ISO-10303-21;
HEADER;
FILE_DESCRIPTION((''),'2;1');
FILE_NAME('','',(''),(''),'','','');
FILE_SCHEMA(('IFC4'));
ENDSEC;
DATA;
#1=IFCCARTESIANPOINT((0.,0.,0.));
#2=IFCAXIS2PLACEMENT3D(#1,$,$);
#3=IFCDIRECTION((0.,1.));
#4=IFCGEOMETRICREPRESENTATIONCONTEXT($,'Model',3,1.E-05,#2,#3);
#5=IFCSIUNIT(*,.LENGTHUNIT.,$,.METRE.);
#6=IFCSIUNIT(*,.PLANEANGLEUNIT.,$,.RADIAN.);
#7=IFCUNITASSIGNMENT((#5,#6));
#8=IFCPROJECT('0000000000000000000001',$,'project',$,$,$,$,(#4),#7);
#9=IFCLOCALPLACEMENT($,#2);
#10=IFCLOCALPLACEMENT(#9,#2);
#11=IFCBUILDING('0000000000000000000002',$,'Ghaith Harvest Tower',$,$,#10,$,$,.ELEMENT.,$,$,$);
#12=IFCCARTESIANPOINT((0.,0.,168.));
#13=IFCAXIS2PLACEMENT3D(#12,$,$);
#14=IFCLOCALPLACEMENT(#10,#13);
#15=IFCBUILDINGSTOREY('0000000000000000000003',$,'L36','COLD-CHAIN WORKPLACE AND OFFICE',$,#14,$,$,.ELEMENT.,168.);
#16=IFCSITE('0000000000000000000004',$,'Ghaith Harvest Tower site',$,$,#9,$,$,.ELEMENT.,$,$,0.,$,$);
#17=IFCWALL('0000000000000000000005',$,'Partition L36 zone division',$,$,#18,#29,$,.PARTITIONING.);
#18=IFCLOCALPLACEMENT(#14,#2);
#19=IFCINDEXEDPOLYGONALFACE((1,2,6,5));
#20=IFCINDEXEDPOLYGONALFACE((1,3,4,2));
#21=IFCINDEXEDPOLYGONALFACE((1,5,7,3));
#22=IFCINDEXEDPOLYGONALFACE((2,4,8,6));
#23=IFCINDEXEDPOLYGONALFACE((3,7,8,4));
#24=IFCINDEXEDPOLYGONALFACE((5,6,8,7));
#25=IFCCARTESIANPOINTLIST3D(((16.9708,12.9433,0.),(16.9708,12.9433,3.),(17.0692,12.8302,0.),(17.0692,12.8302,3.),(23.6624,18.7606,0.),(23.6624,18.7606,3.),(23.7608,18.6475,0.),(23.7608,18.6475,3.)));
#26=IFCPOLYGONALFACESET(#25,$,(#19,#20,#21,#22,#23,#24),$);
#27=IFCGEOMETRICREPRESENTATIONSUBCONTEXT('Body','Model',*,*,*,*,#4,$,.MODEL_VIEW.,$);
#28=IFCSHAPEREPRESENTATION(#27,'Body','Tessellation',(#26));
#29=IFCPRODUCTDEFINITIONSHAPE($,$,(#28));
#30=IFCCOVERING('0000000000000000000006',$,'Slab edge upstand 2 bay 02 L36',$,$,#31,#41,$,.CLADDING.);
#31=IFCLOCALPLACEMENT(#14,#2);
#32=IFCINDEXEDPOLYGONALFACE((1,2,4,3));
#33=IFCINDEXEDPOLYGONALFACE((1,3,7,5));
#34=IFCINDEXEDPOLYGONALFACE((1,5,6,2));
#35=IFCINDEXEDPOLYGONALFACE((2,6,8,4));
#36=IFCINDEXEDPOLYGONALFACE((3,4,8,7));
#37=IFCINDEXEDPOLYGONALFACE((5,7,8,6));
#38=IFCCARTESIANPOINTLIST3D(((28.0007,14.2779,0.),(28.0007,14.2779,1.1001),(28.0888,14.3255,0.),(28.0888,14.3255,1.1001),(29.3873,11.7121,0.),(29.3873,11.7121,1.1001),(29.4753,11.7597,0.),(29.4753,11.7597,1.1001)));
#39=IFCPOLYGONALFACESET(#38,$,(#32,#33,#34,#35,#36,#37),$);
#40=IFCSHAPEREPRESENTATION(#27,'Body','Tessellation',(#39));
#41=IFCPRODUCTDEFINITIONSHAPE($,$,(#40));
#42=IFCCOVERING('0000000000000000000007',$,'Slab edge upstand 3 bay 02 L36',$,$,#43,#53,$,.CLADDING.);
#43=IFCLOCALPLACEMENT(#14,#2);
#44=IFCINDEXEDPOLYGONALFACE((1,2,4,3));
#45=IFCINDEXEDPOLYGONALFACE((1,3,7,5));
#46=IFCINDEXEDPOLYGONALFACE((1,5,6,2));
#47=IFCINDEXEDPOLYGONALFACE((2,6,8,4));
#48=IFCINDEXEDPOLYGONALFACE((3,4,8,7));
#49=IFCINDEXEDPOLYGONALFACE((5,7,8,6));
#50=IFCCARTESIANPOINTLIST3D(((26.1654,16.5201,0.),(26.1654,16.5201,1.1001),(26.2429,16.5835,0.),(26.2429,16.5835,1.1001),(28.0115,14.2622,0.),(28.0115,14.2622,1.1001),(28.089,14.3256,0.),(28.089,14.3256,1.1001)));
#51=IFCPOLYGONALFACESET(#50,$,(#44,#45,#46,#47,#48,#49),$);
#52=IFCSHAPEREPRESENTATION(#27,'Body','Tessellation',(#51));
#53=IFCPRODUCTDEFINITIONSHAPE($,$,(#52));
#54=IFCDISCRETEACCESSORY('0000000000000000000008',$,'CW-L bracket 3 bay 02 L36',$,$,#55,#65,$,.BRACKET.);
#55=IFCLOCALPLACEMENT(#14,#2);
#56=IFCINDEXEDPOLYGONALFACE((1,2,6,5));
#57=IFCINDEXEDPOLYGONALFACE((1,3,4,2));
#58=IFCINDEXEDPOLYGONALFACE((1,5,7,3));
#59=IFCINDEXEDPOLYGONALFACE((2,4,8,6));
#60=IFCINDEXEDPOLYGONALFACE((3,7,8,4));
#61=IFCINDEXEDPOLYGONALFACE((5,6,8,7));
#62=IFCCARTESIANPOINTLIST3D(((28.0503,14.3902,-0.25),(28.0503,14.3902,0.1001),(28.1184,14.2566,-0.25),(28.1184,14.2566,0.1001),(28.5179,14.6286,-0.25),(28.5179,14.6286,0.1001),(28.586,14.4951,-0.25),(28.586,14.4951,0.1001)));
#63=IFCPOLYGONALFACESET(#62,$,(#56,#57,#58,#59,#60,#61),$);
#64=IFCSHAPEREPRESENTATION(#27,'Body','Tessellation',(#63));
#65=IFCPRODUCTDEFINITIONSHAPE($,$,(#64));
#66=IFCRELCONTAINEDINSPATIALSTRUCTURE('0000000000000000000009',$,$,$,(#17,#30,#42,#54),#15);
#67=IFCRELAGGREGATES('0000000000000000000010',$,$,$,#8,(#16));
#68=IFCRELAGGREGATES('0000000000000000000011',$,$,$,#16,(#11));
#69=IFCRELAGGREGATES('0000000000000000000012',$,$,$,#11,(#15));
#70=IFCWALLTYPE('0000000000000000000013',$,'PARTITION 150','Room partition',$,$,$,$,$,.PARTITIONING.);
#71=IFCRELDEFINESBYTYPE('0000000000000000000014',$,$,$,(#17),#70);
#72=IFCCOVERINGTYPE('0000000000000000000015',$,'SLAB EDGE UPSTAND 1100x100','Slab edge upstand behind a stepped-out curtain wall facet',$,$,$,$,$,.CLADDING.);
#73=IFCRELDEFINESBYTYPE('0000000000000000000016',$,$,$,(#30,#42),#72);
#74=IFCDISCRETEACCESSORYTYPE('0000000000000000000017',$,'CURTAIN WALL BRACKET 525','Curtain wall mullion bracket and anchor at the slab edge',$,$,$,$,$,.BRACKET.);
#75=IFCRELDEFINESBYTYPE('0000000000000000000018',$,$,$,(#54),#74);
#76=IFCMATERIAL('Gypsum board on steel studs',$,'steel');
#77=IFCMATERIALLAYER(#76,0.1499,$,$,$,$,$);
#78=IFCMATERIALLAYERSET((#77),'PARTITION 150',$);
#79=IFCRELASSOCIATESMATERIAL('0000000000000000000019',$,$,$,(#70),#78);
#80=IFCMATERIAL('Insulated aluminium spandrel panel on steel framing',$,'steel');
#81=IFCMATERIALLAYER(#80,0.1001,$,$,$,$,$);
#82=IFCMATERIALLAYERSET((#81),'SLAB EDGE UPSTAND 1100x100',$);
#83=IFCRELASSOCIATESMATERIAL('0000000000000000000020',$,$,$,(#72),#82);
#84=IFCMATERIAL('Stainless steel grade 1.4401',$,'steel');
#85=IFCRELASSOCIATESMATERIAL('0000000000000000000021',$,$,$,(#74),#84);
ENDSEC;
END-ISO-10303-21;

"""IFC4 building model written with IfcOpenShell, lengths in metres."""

from ifc_helpers import new_model, si_unit, direction, frame, frame_2d, origin, origin_2d, place, context, subcontext, project, spatial, rectangle, extrude, material, layer, layer_set, type_object, element, save


model = new_model("IFC4")

# Units and contexts
model_context = context("Model", 3, precision=1e-05, world=origin(), true_north=direction((0.0, 1.0)))
body_context = subcontext(model_context, "Body", "Model", "MODEL_VIEW")
ifc_project = project(units=[si_unit("LENGTHUNIT", "METRE"), si_unit("PLANEANGLEUNIT", "RADIAN")], contexts=[model_context])

# Site, building, storey
site_placement = place(None, origin())
site = spatial("IfcSite", under=ifc_project, at=site_placement, Name="Ghaith Harvest Tower site", CompositionType="ELEMENT", RefElevation=0.0)
building_placement = place(site_placement, origin())
building = spatial("IfcBuilding", under=site, at=building_placement, Name="Ghaith Harvest Tower", CompositionType="ELEMENT")
storey_placement = place(building_placement, frame((0.0, 0.0, 168.0)))
storey = spatial("IfcBuildingStorey", under=building, at=storey_placement, Name="L36", Description="COLD-CHAIN WORKPLACE AND OFFICE", CompositionType="ELEMENT", Elevation=168.0)

# Wall
ifc_material_1 = material(Name="Gypsum board on steel studs", Category="steel")
ifc_layer_1 = layer(ifc_material_1, 0.1499)
ifc_layer_set_1 = layer_set([ifc_layer_1], Name="PARTITION 150")
wall_type = type_object("IfcWallType", Name="PARTITION 150", Description="Room partition", PredefinedType="PARTITIONING", material=ifc_layer_set_1)
wall_1_placement = place(storey_placement, frame((17.02, 12.8867, 0.0), z_axis=(0.0, 0.0, 1.0), x_axis=(0.754686, 0.656086, 0.0)))
element("IfcWall", 1, at=wall_1_placement, inside=storey, type_object=wall_type, Name="Partition L36 zone division", PredefinedType="PARTITIONING", context=body_context, shape_type="SweptSolid", body=[
    extrude(rectangle(XDim=8.8667, YDim=0.1499, at=frame_2d((4.4333, 0.0))), origin(), (0.0, 0.0, 1.0), 3.0),
])

# Coverings
ifc_material_2 = material(Name="Insulated aluminium spandrel panel on steel framing", Category="steel")
ifc_layer_2 = layer(ifc_material_2, 0.1001)
ifc_layer_set_2 = layer_set([ifc_layer_2], Name="SLAB EDGE UPSTAND 1100x100")
covering_type = type_object("IfcCoveringType", Name="SLAB EDGE UPSTAND 1100x100", Description="Slab edge upstand behind a stepped-out curtain wall facet", PredefinedType="CLADDING", material=ifc_layer_set_2)
for number, where, z_axis, x_axis, name in (
    (2, (28.738, 13.0188, 0.0), (0.0, 0.0, 1.0), (-0.475409, 0.879765, 0.0), "Slab edge upstand 2 bay 02 L36"),
    (3, (27.1272, 15.4229, 0.0), (0.0, 0.0, 1.0), (-0.63297, 0.774177, 0.0), "Slab edge upstand 3 bay 02 L36"),
):
    element("IfcCovering", number, at=place(storey_placement, frame(where, z_axis=z_axis, x_axis=x_axis)), inside=storey, type_object=covering_type, Name=name, PredefinedType="CLADDING", context=body_context, shape_type="SweptSolid", body=[
        extrude(rectangle(XDim=2.9165, YDim=0.1001, at=origin_2d()), origin(), (0.0, 0.0, 1.0), 1.1001),
    ])

# Discrete accessory
ifc_material_3 = material(Name="Stainless steel grade 1.4401", Category="steel")
discrete_accessory_type = type_object("IfcDiscreteAccessoryType", Name="CURTAIN WALL BRACKET 525", Description="Curtain wall mullion bracket and anchor at the slab edge", PredefinedType="BRACKET", material=ifc_material_3)
discrete_accessory_placement = place(storey_placement, frame((28.3181, 14.4426, -0.25), z_axis=(0.0, 0.0, 1.0), x_axis=(0.890831, 0.454335, 0.0)))
element("IfcDiscreteAccessory", 4, at=discrete_accessory_placement, inside=storey, type_object=discrete_accessory_type, Name="CW-L bracket 3 bay 02 L36", PredefinedType="BRACKET", context=body_context, shape_type="SweptSolid", body=[
    extrude(rectangle(XDim=0.5249, YDim=0.1499, at=origin_2d()), origin(), (0.0, 0.0, 1.0), 0.3501),
])

save(model, "model.ifc")
